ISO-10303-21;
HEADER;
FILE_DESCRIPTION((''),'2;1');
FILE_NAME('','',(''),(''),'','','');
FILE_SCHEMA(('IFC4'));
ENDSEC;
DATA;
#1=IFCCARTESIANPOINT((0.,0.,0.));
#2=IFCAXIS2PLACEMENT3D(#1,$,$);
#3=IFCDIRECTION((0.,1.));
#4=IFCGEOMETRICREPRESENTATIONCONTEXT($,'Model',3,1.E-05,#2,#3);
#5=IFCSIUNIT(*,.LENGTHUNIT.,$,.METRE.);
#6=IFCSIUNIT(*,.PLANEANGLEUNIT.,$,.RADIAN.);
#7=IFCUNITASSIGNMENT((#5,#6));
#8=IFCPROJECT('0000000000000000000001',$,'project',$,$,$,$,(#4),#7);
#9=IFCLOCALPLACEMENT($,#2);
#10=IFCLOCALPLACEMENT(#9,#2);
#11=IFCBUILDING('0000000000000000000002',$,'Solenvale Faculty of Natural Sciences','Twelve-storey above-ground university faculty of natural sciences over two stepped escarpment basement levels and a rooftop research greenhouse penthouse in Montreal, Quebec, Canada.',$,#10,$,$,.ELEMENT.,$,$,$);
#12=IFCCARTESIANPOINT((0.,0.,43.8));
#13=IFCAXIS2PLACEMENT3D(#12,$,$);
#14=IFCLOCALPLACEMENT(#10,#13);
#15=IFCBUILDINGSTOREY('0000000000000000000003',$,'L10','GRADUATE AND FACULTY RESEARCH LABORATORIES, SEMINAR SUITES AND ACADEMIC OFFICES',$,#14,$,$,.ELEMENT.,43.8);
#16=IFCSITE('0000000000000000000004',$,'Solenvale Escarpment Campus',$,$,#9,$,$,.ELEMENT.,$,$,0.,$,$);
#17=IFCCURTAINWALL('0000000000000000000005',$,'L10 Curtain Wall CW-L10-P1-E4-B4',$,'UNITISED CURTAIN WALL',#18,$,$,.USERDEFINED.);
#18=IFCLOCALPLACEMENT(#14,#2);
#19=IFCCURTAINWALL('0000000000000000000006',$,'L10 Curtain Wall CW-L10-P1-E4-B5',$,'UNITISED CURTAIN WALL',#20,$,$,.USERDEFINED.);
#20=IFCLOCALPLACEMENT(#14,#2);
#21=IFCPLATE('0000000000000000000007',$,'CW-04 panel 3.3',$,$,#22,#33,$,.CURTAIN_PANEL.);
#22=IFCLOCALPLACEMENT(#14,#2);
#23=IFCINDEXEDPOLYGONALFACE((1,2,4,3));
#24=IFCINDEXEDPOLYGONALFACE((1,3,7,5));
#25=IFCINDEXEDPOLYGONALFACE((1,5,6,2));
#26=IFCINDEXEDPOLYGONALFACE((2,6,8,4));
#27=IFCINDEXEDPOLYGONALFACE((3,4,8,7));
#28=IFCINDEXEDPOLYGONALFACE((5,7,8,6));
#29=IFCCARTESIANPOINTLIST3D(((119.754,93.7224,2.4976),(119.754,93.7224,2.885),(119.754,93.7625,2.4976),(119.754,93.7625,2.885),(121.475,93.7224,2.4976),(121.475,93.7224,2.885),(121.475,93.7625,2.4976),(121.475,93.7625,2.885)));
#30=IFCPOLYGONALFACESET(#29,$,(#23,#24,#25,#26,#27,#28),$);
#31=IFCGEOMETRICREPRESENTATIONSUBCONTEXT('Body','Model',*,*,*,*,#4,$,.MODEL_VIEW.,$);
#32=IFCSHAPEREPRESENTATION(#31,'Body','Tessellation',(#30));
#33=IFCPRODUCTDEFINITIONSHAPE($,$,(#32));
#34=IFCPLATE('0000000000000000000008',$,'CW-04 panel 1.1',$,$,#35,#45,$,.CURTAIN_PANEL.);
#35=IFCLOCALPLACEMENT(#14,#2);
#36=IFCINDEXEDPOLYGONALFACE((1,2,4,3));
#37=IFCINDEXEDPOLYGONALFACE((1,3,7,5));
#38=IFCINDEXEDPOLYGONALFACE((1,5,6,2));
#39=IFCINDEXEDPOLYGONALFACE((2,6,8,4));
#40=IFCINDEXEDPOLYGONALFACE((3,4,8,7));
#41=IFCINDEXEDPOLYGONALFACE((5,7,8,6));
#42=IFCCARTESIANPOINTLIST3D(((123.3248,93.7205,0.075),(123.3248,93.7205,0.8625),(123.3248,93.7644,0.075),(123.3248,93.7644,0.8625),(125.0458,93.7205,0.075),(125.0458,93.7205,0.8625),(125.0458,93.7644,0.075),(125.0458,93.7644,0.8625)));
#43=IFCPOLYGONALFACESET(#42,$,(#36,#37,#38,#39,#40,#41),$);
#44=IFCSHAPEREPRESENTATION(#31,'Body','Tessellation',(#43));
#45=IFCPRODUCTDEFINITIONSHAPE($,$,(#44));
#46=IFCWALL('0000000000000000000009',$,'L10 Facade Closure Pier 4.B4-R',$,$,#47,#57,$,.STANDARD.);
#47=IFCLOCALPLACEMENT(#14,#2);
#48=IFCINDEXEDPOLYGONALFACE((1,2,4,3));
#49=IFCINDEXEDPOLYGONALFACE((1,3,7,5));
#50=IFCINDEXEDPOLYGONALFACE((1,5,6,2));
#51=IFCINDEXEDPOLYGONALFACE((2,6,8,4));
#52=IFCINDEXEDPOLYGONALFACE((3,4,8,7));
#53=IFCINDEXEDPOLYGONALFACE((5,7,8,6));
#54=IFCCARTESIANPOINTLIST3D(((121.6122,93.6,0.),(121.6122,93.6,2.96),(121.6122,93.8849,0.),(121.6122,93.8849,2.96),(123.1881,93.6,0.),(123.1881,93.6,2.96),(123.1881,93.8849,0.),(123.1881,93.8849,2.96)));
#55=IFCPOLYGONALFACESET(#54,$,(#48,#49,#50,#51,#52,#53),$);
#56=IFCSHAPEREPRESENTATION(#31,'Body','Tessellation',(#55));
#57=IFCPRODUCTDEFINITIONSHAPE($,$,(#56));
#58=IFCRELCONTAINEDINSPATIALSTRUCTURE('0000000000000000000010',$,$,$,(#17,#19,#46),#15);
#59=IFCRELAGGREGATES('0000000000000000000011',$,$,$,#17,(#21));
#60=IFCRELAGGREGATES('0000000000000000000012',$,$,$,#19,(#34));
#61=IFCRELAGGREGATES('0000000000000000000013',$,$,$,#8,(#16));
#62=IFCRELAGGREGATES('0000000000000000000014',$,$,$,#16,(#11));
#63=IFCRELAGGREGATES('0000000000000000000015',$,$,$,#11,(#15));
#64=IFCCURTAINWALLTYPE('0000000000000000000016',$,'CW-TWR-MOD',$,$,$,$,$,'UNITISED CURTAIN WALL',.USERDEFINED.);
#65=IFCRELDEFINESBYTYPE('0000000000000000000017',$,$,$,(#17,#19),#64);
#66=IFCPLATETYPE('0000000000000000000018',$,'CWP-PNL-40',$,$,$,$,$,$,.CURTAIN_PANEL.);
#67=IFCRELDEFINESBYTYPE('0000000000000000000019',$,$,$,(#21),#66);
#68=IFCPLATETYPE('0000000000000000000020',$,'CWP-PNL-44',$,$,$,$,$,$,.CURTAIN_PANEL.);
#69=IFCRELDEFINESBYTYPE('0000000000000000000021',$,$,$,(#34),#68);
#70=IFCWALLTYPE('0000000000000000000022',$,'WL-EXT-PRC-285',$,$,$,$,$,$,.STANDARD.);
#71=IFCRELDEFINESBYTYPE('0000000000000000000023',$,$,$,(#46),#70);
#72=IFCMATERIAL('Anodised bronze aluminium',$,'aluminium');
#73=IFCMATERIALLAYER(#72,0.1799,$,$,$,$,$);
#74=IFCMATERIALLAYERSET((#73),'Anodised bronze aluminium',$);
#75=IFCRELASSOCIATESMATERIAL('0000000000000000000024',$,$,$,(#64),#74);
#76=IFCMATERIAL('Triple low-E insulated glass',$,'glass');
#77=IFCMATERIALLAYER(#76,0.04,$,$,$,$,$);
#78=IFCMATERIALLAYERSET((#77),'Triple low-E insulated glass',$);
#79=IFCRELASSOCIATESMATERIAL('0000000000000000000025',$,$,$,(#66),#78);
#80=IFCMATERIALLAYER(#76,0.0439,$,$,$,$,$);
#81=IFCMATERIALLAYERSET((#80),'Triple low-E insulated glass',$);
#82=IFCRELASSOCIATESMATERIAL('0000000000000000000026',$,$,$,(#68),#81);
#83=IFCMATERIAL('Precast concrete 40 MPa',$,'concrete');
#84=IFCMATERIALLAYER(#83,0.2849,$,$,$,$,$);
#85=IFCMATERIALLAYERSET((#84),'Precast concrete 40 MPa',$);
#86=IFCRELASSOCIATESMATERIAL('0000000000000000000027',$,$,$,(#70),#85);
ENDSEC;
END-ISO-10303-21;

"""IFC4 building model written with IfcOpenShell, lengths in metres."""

from ifc_helpers import new_model, si_unit, direction, frame, frame_2d, origin, origin_2d, place, context, subcontext, project, spatial, rectangle, extrude, material, layer, layer_set, type_object, element, aggregate, save


model = new_model("IFC4")

# Units and contexts
model_context = context("Model", 3, precision=1e-05, world=origin(), true_north=direction((0.0, 1.0)))
body_context = subcontext(model_context, "Body", "Model", "MODEL_VIEW")
ifc_project = project(units=[si_unit("LENGTHUNIT", "METRE"), si_unit("PLANEANGLEUNIT", "RADIAN")], contexts=[model_context])

# Site, building, storey
site_placement = place(None, origin())
site = spatial("IfcSite", under=ifc_project, at=site_placement, Name="Solenvale Escarpment Campus", CompositionType="ELEMENT", RefElevation=0.0)
building_placement = place(site_placement, origin())
building = spatial("IfcBuilding", under=site, at=building_placement, Name="Solenvale Faculty of Natural Sciences", Description="Twelve-storey above-ground university faculty of natural sciences over two stepped escarpment basement levels and a rooftop research greenhouse penthouse in Montreal, Quebec, Canada.", CompositionType="ELEMENT")
storey_placement = place(building_placement, frame((0.0, 0.0, 43.8)))
storey = spatial("IfcBuildingStorey", under=building, at=storey_placement, Name="L10", Description="GRADUATE AND FACULTY RESEARCH LABORATORIES, SEMINAR SUITES AND ACADEMIC OFFICES", CompositionType="ELEMENT", Elevation=43.8)

# Curtain wall
ifc_material_1 = material(Name="Anodised bronze aluminium", Category="aluminium")
ifc_layer_1 = layer(ifc_material_1, 0.1799)
ifc_layer_set_1 = layer_set([ifc_layer_1], Name="Anodised bronze aluminium")
curtain_wall_type = type_object("IfcCurtainWallType", Name="CW-TWR-MOD", ElementType="UNITISED CURTAIN WALL", PredefinedType="USERDEFINED", material=ifc_layer_set_1)
curtain_wall_1_placement = place(storey_placement, origin())
curtain_wall_1 = element("IfcCurtainWall", 1, at=curtain_wall_1_placement, inside=storey, type_object=curtain_wall_type, Name="L10 Curtain Wall CW-L10-P1-E4-B4", ObjectType="UNITISED CURTAIN WALL", PredefinedType="USERDEFINED")

# Curtain wall
curtain_wall_2_placement = place(storey_placement, origin())
curtain_wall_2 = element("IfcCurtainWall", 2, at=curtain_wall_2_placement, inside=storey, type_object=curtain_wall_type, Name="L10 Curtain Wall CW-L10-P1-E4-B5", ObjectType="UNITISED CURTAIN WALL", PredefinedType="USERDEFINED")

# Plates
ifc_material_2 = material(Name="Triple low-E insulated glass", Category="glass")
ifc_layer_2 = layer(ifc_material_2, 0.04)
ifc_layer_set_2 = layer_set([ifc_layer_2], Name="Triple low-E insulated glass")
plate_type_1 = type_object("IfcPlateType", Name="CWP-PNL-40", PredefinedType="CURTAIN_PANEL", material=ifc_layer_set_2)
plate_1_placement = place(storey_placement, frame((120.6145, 93.7424, 2.4976), z_axis=(0.0, 0.0, 1.0), x_axis=(1.0, 0.0, 0.0)))
plate_1 = element("IfcPlate", 3, at=plate_1_placement, type_object=plate_type_1, Name="CW-04 panel 3.3", PredefinedType="CURTAIN_PANEL", context=body_context, shape_type="SweptSolid", body=[
    extrude(rectangle(XDim=1.7209, YDim=0.04, at=origin_2d()), origin(), (0.0, 0.0, 1.0), 0.3875),
])
aggregate(curtain_wall_1, [plate_1])
ifc_layer_3 = layer(ifc_material_2, 0.0439)
ifc_layer_set_3 = layer_set([ifc_layer_3], Name="Triple low-E insulated glass")
plate_type_2 = type_object("IfcPlateType", Name="CWP-PNL-44", PredefinedType="CURTAIN_PANEL", material=ifc_layer_set_3)
plate_2_placement = place(storey_placement, frame((124.1853, 93.7424, 0.075), z_axis=(0.0, 0.0, 1.0), x_axis=(1.0, 0.0, 0.0)))
plate_2 = element("IfcPlate", 4, at=plate_2_placement, type_object=plate_type_2, Name="CW-04 panel 1.1", PredefinedType="CURTAIN_PANEL", context=body_context, shape_type="SweptSolid", body=[
    extrude(rectangle(XDim=1.7209, YDim=0.0439, at=origin_2d()), origin(), (0.0, 0.0, 1.0), 0.7876),
])
aggregate(curtain_wall_2, [plate_2])

# Wall
ifc_material_3 = material(Name="Precast concrete 40 MPa", Category="concrete")
ifc_layer_4 = layer(ifc_material_3, 0.2849)
ifc_layer_set_4 = layer_set([ifc_layer_4], Name="Precast concrete 40 MPa")
wall_type = type_object("IfcWallType", Name="WL-EXT-PRC-285", PredefinedType="STANDARD", material=ifc_layer_set_4)
wall_placement = place(storey_placement, frame((121.6121, 93.7424, 0.0), z_axis=(0.0, 0.0, 1.0), x_axis=(1.0, 0.0, 0.0)))
element("IfcWall", 5, at=wall_placement, inside=storey, type_object=wall_type, Name="L10 Facade Closure Pier 4.B4-R", PredefinedType="STANDARD", context=body_context, shape_type="SweptSolid", body=[
    extrude(rectangle(XDim=1.5759, YDim=0.2849, at=frame_2d((0.7881, 0.0))), origin(), (0.0, 0.0, 1.0), 2.96),
])

save(model, "model.ifc")
